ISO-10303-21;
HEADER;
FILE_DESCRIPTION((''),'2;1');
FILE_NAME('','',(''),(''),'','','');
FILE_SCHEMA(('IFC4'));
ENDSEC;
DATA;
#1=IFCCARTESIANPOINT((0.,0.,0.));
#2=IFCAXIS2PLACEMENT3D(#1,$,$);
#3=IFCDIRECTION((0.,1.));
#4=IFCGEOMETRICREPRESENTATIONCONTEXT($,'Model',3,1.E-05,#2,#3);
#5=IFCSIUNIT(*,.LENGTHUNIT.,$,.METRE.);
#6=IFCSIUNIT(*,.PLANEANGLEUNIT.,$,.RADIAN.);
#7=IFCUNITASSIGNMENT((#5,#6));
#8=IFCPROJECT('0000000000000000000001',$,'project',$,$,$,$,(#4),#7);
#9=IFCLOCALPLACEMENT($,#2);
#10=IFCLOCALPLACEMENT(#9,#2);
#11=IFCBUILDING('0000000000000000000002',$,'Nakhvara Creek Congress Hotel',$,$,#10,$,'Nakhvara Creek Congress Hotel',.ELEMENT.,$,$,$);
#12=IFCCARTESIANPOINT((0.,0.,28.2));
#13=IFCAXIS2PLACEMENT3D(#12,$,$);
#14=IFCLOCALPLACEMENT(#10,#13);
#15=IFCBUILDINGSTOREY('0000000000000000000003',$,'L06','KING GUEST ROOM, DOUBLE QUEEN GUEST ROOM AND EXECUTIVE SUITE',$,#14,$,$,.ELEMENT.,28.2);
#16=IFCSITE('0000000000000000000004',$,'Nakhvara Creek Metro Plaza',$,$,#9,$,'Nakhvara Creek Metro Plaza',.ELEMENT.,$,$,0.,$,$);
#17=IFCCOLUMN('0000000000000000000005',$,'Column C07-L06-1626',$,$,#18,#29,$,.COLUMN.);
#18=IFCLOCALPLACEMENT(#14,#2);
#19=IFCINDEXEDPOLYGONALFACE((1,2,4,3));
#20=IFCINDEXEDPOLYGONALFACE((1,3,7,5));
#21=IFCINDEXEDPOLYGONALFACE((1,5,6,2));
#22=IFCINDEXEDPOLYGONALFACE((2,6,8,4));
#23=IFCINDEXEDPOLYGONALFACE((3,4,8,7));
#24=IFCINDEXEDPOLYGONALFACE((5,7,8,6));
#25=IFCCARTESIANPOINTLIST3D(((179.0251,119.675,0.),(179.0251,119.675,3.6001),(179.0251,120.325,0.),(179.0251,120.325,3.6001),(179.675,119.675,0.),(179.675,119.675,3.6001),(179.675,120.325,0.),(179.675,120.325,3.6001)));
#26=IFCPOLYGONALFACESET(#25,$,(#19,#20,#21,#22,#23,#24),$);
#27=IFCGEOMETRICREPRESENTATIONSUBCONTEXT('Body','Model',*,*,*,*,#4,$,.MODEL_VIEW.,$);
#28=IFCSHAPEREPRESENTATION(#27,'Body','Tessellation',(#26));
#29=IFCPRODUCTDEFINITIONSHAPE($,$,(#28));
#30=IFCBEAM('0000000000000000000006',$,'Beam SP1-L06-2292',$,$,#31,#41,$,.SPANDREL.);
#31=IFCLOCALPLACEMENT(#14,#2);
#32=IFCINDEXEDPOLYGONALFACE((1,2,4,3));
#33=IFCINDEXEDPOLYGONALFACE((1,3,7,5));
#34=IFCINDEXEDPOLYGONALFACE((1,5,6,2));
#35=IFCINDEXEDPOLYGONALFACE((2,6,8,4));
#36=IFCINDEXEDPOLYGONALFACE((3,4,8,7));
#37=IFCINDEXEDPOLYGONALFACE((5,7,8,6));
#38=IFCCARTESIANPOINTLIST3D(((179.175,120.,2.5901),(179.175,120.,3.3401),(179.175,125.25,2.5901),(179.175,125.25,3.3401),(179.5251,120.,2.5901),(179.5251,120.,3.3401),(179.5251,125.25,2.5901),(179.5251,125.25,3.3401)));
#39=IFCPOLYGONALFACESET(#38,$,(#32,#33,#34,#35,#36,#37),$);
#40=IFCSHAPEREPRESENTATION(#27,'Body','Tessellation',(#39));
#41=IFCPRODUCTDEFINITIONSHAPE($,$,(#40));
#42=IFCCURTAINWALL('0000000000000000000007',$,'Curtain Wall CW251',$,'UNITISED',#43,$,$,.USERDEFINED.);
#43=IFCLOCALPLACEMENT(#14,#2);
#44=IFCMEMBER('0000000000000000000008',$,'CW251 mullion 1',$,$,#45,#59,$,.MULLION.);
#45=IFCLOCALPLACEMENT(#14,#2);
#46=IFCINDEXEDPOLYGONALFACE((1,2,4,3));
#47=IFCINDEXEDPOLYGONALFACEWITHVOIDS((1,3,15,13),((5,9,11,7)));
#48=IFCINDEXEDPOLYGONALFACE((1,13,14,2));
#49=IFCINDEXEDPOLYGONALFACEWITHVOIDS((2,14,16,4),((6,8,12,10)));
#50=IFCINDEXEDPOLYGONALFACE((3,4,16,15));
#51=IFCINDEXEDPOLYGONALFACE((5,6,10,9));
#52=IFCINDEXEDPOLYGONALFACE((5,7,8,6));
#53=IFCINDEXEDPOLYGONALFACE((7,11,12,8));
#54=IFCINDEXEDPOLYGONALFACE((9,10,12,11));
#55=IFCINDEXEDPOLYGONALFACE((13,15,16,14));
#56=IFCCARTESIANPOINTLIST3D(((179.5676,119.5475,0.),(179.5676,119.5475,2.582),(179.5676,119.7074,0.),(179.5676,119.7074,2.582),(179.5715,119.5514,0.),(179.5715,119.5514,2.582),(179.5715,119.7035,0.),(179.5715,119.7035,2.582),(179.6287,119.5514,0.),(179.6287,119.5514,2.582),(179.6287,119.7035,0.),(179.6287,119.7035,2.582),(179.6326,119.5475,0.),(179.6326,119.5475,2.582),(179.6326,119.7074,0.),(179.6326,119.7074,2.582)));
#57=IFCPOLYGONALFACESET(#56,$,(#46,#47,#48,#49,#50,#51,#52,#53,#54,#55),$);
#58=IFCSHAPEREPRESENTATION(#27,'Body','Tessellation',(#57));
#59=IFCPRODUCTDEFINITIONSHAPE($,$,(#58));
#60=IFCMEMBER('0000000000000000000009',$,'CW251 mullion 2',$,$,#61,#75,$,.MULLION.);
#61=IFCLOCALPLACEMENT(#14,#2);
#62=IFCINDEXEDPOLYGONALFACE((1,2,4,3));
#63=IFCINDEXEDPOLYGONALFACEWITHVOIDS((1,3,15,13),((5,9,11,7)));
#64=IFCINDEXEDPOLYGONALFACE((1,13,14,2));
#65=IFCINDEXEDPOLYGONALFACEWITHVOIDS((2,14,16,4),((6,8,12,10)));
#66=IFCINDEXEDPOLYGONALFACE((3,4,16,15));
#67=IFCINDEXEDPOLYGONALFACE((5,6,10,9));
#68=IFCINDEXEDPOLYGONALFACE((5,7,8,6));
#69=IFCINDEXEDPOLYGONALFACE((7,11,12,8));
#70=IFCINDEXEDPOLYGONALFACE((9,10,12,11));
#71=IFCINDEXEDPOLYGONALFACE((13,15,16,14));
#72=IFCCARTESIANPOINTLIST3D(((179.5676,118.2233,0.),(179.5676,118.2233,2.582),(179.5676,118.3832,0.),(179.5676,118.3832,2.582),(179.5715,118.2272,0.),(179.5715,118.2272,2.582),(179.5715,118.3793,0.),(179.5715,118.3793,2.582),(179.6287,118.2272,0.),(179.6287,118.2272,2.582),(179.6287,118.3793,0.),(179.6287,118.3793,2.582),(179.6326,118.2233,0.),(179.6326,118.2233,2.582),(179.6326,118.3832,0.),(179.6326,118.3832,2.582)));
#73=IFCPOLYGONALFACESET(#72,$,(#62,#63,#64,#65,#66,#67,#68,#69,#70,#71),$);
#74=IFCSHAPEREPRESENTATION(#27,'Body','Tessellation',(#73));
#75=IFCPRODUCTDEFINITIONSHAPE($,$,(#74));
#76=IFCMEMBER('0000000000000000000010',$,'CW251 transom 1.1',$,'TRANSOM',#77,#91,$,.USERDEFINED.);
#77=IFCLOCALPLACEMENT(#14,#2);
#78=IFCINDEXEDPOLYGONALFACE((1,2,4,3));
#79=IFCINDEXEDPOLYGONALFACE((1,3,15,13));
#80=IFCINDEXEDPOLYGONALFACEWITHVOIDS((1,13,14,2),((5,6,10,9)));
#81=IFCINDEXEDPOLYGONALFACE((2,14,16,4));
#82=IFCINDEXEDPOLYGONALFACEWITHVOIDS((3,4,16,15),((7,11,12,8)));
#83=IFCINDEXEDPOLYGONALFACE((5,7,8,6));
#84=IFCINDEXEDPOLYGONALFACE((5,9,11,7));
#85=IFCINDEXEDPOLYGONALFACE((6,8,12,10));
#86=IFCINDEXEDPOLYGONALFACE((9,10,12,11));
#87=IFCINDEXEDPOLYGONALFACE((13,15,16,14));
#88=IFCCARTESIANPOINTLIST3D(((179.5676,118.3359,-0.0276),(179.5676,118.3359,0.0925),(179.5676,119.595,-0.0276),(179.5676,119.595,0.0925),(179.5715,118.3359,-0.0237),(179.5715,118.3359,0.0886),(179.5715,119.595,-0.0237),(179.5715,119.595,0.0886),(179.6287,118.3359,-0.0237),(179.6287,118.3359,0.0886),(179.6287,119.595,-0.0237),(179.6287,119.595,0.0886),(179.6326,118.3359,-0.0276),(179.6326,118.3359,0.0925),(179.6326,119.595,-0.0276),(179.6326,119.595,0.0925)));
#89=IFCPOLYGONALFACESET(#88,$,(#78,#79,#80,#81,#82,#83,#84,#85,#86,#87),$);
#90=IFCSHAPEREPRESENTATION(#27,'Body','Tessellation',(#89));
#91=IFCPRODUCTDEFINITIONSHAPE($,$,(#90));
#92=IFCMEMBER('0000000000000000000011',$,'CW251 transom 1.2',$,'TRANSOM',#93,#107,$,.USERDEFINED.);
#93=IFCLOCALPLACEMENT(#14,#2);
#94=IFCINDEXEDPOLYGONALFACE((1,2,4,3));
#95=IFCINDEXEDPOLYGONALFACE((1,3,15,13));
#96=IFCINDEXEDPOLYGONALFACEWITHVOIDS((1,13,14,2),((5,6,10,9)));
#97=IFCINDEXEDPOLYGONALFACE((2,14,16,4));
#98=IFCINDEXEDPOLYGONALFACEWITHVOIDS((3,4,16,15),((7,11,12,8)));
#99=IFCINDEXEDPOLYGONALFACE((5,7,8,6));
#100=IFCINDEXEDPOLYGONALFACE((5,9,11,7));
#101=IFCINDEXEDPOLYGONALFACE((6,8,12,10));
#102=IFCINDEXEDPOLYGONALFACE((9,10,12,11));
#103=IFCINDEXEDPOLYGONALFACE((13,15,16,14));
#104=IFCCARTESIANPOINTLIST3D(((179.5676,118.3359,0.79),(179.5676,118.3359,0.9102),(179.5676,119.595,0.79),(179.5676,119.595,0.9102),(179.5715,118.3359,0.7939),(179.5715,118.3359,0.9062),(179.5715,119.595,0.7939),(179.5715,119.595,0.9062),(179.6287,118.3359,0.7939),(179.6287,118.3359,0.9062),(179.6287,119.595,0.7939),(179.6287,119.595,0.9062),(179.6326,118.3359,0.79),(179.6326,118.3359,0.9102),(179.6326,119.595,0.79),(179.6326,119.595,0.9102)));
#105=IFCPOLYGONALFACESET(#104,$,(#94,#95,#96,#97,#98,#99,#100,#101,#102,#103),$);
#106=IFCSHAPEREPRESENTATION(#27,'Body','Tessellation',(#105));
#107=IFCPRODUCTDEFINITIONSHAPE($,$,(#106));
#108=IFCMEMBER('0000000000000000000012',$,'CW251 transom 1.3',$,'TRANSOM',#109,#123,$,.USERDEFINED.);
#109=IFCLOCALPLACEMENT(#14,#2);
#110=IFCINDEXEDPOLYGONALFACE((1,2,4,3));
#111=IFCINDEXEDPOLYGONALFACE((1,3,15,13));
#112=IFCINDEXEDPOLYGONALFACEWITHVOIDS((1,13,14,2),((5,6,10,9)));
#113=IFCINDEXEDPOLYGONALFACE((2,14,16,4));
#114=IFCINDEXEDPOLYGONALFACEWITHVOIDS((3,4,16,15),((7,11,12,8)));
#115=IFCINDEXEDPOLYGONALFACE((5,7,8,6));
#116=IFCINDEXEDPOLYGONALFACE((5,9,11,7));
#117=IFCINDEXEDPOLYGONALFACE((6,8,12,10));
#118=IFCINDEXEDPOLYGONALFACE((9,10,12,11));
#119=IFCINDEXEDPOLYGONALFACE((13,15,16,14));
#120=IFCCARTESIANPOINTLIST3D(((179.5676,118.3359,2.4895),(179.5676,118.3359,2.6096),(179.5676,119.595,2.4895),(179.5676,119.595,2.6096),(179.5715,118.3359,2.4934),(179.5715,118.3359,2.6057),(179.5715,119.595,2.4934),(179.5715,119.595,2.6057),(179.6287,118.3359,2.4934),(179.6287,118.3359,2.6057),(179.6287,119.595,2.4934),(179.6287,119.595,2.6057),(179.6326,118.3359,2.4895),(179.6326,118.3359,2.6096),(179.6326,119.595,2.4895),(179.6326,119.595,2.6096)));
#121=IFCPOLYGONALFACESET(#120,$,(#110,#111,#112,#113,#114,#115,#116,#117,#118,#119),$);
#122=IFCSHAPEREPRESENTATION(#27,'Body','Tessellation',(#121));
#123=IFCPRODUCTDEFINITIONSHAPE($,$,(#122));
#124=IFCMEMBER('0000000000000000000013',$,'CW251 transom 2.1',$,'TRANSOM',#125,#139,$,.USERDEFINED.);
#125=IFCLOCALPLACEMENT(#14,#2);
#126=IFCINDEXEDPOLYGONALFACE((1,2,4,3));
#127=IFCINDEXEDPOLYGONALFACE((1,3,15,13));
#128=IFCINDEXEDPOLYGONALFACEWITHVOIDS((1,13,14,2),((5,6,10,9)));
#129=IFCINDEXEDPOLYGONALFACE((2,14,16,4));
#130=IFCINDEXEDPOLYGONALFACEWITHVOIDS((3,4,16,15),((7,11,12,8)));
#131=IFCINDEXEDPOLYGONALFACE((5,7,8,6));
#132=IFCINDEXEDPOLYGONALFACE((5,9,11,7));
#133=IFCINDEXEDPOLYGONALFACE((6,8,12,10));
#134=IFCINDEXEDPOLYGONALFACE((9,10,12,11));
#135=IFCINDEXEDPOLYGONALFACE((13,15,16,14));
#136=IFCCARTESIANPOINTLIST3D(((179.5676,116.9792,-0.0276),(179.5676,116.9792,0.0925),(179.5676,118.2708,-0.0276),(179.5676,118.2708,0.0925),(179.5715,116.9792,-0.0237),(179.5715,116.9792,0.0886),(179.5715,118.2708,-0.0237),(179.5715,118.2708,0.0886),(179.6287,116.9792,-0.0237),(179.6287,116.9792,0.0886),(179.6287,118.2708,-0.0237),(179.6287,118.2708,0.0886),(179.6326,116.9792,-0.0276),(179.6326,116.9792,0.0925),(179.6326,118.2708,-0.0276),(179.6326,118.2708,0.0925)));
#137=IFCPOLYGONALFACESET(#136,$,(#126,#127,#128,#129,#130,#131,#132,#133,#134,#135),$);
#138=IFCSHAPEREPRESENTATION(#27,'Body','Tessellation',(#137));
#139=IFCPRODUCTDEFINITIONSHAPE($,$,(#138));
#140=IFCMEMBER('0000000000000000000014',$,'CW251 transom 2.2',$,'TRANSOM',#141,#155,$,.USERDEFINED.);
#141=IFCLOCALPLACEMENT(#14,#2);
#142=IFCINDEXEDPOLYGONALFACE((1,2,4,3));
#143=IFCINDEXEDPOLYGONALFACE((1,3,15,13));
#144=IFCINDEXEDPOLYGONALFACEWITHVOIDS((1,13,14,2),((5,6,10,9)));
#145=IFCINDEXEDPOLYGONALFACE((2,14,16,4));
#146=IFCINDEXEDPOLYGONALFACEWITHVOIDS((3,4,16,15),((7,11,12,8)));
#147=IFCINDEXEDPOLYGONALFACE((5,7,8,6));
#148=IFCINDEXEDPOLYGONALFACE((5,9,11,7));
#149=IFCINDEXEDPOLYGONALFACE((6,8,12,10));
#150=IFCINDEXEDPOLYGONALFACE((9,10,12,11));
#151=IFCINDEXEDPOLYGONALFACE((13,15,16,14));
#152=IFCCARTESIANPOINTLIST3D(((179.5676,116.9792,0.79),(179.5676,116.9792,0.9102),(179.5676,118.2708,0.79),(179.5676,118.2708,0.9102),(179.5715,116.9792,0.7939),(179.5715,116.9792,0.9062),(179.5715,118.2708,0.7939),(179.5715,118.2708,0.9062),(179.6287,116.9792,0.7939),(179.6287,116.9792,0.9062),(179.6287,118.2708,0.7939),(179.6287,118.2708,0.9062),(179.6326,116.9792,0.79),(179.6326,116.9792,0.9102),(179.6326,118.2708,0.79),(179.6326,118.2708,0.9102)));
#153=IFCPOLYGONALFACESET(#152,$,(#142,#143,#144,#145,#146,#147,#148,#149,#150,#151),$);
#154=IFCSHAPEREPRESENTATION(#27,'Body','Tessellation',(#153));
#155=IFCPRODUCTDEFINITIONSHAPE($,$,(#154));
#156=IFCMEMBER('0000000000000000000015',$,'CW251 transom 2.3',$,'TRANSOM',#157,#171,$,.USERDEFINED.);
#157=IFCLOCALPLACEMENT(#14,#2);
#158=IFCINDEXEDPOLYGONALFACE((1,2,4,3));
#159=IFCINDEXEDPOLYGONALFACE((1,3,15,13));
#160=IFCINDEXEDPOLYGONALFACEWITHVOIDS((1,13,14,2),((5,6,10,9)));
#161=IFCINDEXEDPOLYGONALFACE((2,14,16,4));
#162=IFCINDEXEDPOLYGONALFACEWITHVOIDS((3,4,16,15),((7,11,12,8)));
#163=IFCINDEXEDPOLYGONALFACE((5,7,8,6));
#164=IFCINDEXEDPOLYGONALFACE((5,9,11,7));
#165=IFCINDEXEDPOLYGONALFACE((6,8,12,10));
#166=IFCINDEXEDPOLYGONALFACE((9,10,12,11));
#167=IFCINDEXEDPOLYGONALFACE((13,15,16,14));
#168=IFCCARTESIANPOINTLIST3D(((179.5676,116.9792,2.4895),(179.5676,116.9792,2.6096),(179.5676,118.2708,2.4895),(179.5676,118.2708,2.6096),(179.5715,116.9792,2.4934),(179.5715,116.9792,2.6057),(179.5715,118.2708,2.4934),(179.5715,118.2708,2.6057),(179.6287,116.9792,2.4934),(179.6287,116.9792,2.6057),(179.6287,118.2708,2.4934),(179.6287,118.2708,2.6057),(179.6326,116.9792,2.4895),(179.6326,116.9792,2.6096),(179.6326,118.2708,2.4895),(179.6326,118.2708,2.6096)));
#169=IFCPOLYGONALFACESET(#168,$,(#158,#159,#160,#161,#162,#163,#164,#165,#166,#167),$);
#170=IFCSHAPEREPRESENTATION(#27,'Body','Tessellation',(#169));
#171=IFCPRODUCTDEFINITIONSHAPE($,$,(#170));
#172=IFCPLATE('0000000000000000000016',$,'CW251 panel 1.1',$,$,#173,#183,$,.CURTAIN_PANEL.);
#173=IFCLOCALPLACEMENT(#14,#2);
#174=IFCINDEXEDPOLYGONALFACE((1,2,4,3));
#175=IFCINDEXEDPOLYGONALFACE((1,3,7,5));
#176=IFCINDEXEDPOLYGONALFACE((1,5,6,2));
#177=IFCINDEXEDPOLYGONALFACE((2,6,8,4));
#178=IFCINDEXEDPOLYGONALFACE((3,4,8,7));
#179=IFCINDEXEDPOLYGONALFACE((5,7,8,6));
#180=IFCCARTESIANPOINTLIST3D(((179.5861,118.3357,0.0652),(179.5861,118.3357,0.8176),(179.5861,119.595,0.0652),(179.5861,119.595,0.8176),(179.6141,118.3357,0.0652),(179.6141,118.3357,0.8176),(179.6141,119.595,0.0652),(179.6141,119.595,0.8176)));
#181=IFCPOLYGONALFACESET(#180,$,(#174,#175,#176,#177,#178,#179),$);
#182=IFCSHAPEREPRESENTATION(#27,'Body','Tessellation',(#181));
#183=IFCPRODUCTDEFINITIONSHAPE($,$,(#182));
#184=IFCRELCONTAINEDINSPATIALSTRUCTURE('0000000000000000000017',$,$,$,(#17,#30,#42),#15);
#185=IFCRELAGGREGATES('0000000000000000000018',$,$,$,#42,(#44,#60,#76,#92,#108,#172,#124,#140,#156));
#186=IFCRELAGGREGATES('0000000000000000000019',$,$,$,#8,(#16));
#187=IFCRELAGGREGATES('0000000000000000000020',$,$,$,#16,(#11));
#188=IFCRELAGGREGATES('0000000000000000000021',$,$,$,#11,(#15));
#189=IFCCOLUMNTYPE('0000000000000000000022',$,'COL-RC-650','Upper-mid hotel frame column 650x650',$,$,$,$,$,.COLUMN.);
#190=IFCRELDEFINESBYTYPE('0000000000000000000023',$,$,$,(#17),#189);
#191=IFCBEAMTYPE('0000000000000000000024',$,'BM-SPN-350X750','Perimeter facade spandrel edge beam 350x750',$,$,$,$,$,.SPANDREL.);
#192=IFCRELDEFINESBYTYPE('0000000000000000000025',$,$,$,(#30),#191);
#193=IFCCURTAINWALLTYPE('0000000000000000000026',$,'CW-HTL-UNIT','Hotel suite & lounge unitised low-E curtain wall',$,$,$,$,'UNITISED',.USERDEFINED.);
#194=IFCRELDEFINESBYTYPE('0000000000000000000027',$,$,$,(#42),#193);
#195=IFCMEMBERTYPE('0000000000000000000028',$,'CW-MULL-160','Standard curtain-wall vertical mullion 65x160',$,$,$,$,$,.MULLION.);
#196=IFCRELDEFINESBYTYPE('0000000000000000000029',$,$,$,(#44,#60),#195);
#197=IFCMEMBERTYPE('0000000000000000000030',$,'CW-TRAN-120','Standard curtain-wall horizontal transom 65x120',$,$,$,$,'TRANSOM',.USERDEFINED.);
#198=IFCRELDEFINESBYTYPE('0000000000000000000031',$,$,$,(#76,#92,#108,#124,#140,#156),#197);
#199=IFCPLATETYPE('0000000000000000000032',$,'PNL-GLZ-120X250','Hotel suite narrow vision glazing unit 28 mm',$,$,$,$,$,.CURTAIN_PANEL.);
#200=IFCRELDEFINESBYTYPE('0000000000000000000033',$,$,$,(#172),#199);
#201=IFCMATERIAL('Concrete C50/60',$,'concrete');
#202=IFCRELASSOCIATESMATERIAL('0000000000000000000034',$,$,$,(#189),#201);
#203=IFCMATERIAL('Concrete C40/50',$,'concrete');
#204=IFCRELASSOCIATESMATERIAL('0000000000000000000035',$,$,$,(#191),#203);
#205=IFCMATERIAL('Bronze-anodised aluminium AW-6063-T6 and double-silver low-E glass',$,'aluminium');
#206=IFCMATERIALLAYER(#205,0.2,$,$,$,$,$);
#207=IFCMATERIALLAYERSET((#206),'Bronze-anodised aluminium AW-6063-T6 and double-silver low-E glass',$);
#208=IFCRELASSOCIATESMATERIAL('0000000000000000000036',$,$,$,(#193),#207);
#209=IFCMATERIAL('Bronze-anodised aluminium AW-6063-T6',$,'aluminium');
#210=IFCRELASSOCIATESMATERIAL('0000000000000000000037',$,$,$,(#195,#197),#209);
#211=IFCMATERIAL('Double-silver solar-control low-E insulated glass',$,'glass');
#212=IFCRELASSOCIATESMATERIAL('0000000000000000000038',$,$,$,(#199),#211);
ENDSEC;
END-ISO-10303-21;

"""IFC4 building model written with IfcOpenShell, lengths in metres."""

from ifc_helpers import new_model, si_unit, direction, frame, origin, origin_2d, place, context, subcontext, project, spatial, rectangle, hollow_rectangle, extrude, material, layer, layer_set, material_profile, profile_set, type_object, element, aggregate, save


model = new_model("IFC4")

# Units and contexts
model_context = context("Model", 3, precision=1e-05, world=origin(), true_north=direction((0.0, 1.0)))
body_context = subcontext(model_context, "Body", "Model", "MODEL_VIEW")
ifc_project = project(units=[si_unit("LENGTHUNIT", "METRE"), si_unit("PLANEANGLEUNIT", "RADIAN")], contexts=[model_context])

# Site, building, storey
site_placement = place(None, origin())
site = spatial("IfcSite", under=ifc_project, at=site_placement, Name="Nakhvara Creek Metro Plaza", LongName="Nakhvara Creek Metro Plaza", CompositionType="ELEMENT", RefElevation=0.0)
building_placement = place(site_placement, origin())
building = spatial("IfcBuilding", under=site, at=building_placement, Name="Nakhvara Creek Congress Hotel", LongName="Nakhvara Creek Congress Hotel", CompositionType="ELEMENT")
storey_placement = place(building_placement, frame((0.0, 0.0, 28.2)))
storey = spatial("IfcBuildingStorey", under=building, at=storey_placement, Name="L06", Description="KING GUEST ROOM, DOUBLE QUEEN GUEST ROOM AND EXECUTIVE SUITE", CompositionType="ELEMENT", Elevation=28.2)

# Column
ifc_material_1 = material(Name="Concrete C50/60", Category="concrete")
ifc_material_profile_1 = material_profile(ifc_material_1, rectangle(XDim=0.6499, YDim=0.6499, at=origin_2d()), Name="RC-COL 650x650", Category="LoadBearing")
ifc_profile_set_1 = profile_set([ifc_material_profile_1], Name="Concrete C50/60")
column_type = type_object("IfcColumnType", Name="COL-RC-650", Description="Upper-mid hotel frame column 650x650", PredefinedType="COLUMN", material=ifc_profile_set_1)
column_placement = place(storey_placement, frame((179.3501, 120.0, 0.0), z_axis=(0.0, 0.0, 1.0), x_axis=(1.0, 0.0, 0.0)))
element("IfcColumn", 1, at=column_placement, inside=storey, type_object=column_type, Name="Column C07-L06-1626", PredefinedType="COLUMN", context=body_context, shape_type="SweptSolid", body=[
    extrude(rectangle(XDim=0.6499, YDim=0.6499, at=origin_2d()), origin(), (0.0, 0.0, 1.0), 3.6001),
])

# Beam
ifc_material_2 = material(Name="Concrete C40/50", Category="concrete")
ifc_material_profile_2 = material_profile(ifc_material_2, rectangle(XDim=0.3501, YDim=0.75, at=origin_2d()), Name="RC-SPANDREL 350x750", Category="LoadBearing")
ifc_profile_set_2 = profile_set([ifc_material_profile_2], Name="Concrete C40/50")
beam_type = type_object("IfcBeamType", Name="BM-SPN-350X750", Description="Perimeter facade spandrel edge beam 350x750", PredefinedType="SPANDREL", material=ifc_profile_set_2)
beam_placement = place(storey_placement, frame((179.3501, 120.0, 2.9651), z_axis=(0.0, 1.0, 0.0), x_axis=(-1.0, 0.0, 0.0)))
element("IfcBeam", 2, at=beam_placement, inside=storey, type_object=beam_type, Name="Beam SP1-L06-2292", PredefinedType="SPANDREL", context=body_context, shape_type="SweptSolid", body=[
    extrude(rectangle(XDim=0.3501, YDim=0.75, at=origin_2d()), origin(), (0.0, 0.0, 1.0), 5.25),
])

# Curtain wall, members, plate
ifc_material_3 = material(Name="Bronze-anodised aluminium AW-6063-T6 and double-silver low-E glass", Category="aluminium")
ifc_layer_1 = layer(ifc_material_3, 0.2)
ifc_layer_set_1 = layer_set([ifc_layer_1], Name="Bronze-anodised aluminium AW-6063-T6 and double-silver low-E glass")
curtain_wall_type = type_object("IfcCurtainWallType", Name="CW-HTL-UNIT", Description="Hotel suite & lounge unitised low-E curtain wall", ElementType="UNITISED", PredefinedType="USERDEFINED", material=ifc_layer_set_1)
curtain_wall_placement = place(storey_placement, origin())
curtain_wall = element("IfcCurtainWall", 3, at=curtain_wall_placement, inside=storey, type_object=curtain_wall_type, Name="Curtain Wall CW251", ObjectType="UNITISED", PredefinedType="USERDEFINED")
ifc_material_4 = material(Name="Bronze-anodised aluminium AW-6063-T6", Category="aluminium")
ifc_material_profile_3 = material_profile(ifc_material_4, hollow_rectangle(XDim=0.0649, YDim=0.1599, WallThickness=0.0039, at=origin_2d()), Name="ALU-MULL 65x160x4", Category="LoadBearing")
ifc_profile_set_3 = profile_set([ifc_material_profile_3], Name="Bronze-anodised aluminium AW-6063-T6")
member_type_1 = type_object("IfcMemberType", Name="CW-MULL-160", Description="Standard curtain-wall vertical mullion 65x160", PredefinedType="MULLION", material=ifc_profile_set_3)
member_1_placement = place(storey_placement, frame((179.6001, 119.6274, 0.0), z_axis=(0.0, 0.0, 1.0), x_axis=(1.0, 0.0, 0.0)))
member_1 = element("IfcMember", 4, at=member_1_placement, type_object=member_type_1, Name="CW251 mullion 1", PredefinedType="MULLION", context=body_context, shape_type="SweptSolid", body=[
    extrude(hollow_rectangle(XDim=0.0649, YDim=0.1599, WallThickness=0.0039, at=origin_2d()), origin(), (0.0, 0.0, 1.0), 2.582),
])
member_2_placement = place(storey_placement, frame((179.6001, 118.3032, 0.0), z_axis=(0.0, 0.0, 1.0), x_axis=(1.0, 0.0, 0.0)))
member_2 = element("IfcMember", 5, at=member_2_placement, type_object=member_type_1, Name="CW251 mullion 2", PredefinedType="MULLION", context=body_context, shape_type="SweptSolid", body=[
    extrude(hollow_rectangle(XDim=0.0649, YDim=0.1599, WallThickness=0.0039, at=origin_2d()), origin(), (0.0, 0.0, 1.0), 2.582),
])
ifc_material_profile_4 = material_profile(ifc_material_4, hollow_rectangle(XDim=0.0649, YDim=0.1201, WallThickness=0.0039, at=origin_2d()), Name="ALU-TRAN 65x120x4", Category="LoadBearing")
ifc_profile_set_4 = profile_set([ifc_material_profile_4], Name="Bronze-anodised aluminium AW-6063-T6")
member_type_2 = type_object("IfcMemberType", Name="CW-TRAN-120", Description="Standard curtain-wall horizontal transom 65x120", ElementType="TRANSOM", PredefinedType="USERDEFINED", material=ifc_profile_set_4)
member_3_placement = place(storey_placement, frame((179.6001, 119.595, 0.0325), z_axis=(0.0, -1.0, 0.0), x_axis=(1.0, 0.0, 0.0)))
member_3 = element("IfcMember", 6, at=member_3_placement, type_object=member_type_2, Name="CW251 transom 1.1", ObjectType="TRANSOM", PredefinedType="USERDEFINED", context=body_context, shape_type="SweptSolid", body=[
    extrude(hollow_rectangle(XDim=0.0649, YDim=0.1201, WallThickness=0.0039, at=origin_2d()), origin(), (0.0, 0.0, 1.0), 1.259),
])
member_4_placement = place(storey_placement, frame((179.6001, 119.595, 0.8501), z_axis=(0.0, -1.0, 0.0), x_axis=(1.0, 0.0, 0.0)))
member_4 = element("IfcMember", 7, at=member_4_placement, type_object=member_type_2, Name="CW251 transom 1.2", ObjectType="TRANSOM", PredefinedType="USERDEFINED", context=body_context, shape_type="SweptSolid", body=[
    extrude(hollow_rectangle(XDim=0.0649, YDim=0.1201, WallThickness=0.0039, at=origin_2d()), origin(), (0.0, 0.0, 1.0), 1.259),
])
member_5_placement = place(storey_placement, frame((179.6001, 119.595, 2.5496), z_axis=(0.0, -1.0, 0.0), x_axis=(1.0, 0.0, 0.0)))
member_5 = element("IfcMember", 8, at=member_5_placement, type_object=member_type_2, Name="CW251 transom 1.3", ObjectType="TRANSOM", PredefinedType="USERDEFINED", context=body_context, shape_type="SweptSolid", body=[
    extrude(hollow_rectangle(XDim=0.0649, YDim=0.1201, WallThickness=0.0039, at=origin_2d()), origin(), (0.0, 0.0, 1.0), 1.259),
])
member_6_placement = place(storey_placement, frame((179.6001, 118.2708, 0.0325), z_axis=(0.0, -1.0, 0.0), x_axis=(1.0, 0.0, 0.0)))
member_6 = element("IfcMember", 9, at=member_6_placement, type_object=member_type_2, Name="CW251 transom 2.1", ObjectType="TRANSOM", PredefinedType="USERDEFINED", context=body_context, shape_type="SweptSolid", body=[
    extrude(hollow_rectangle(XDim=0.0649, YDim=0.1201, WallThickness=0.0039, at=origin_2d()), origin(), (0.0, 0.0, 1.0), 1.2915),
])
member_7_placement = place(storey_placement, frame((179.6001, 118.2708, 0.8501), z_axis=(0.0, -1.0, 0.0), x_axis=(1.0, 0.0, 0.0)))
member_7 = element("IfcMember", 10, at=member_7_placement, type_object=member_type_2, Name="CW251 transom 2.2", ObjectType="TRANSOM", PredefinedType="USERDEFINED", context=body_context, shape_type="SweptSolid", body=[
    extrude(hollow_rectangle(XDim=0.0649, YDim=0.1201, WallThickness=0.0039, at=origin_2d()), origin(), (0.0, 0.0, 1.0), 1.2915),
])
member_8_placement = place(storey_placement, frame((179.6001, 118.2708, 2.5496), z_axis=(0.0, -1.0, 0.0), x_axis=(1.0, 0.0, 0.0)))
member_8 = element("IfcMember", 11, at=member_8_placement, type_object=member_type_2, Name="CW251 transom 2.3", ObjectType="TRANSOM", PredefinedType="USERDEFINED", context=body_context, shape_type="SweptSolid", body=[
    extrude(hollow_rectangle(XDim=0.0649, YDim=0.1201, WallThickness=0.0039, at=origin_2d()), origin(), (0.0, 0.0, 1.0), 1.2915),
])
ifc_material_5 = material(Name="Double-silver solar-control low-E insulated glass", Category="glass")
plate_type = type_object("IfcPlateType", Name="PNL-GLZ-120X250", Description="Hotel suite narrow vision glazing unit 28 mm", PredefinedType="CURTAIN_PANEL", material=ifc_material_5)
plate_1_placement = place(storey_placement, frame((179.6001, 118.9653, 0.0652), z_axis=(0.0, 0.0, 1.0), x_axis=(0.0, -1.0, 0.0)))
plate_1 = element("IfcPlate", 12, at=plate_1_placement, type_object=plate_type, Name="CW251 panel 1.1", PredefinedType="CURTAIN_PANEL", context=body_context, shape_type="SweptSolid", body=[
    extrude(rectangle(XDim=1.2593, YDim=0.0281, at=origin_2d()), origin(), (0.0, 0.0, 1.0), 0.7524),
])
aggregate(curtain_wall, [member_1, member_2, member_3, member_4, member_5, plate_1, member_6, member_7, member_8])

save(model, "model.ifc")
